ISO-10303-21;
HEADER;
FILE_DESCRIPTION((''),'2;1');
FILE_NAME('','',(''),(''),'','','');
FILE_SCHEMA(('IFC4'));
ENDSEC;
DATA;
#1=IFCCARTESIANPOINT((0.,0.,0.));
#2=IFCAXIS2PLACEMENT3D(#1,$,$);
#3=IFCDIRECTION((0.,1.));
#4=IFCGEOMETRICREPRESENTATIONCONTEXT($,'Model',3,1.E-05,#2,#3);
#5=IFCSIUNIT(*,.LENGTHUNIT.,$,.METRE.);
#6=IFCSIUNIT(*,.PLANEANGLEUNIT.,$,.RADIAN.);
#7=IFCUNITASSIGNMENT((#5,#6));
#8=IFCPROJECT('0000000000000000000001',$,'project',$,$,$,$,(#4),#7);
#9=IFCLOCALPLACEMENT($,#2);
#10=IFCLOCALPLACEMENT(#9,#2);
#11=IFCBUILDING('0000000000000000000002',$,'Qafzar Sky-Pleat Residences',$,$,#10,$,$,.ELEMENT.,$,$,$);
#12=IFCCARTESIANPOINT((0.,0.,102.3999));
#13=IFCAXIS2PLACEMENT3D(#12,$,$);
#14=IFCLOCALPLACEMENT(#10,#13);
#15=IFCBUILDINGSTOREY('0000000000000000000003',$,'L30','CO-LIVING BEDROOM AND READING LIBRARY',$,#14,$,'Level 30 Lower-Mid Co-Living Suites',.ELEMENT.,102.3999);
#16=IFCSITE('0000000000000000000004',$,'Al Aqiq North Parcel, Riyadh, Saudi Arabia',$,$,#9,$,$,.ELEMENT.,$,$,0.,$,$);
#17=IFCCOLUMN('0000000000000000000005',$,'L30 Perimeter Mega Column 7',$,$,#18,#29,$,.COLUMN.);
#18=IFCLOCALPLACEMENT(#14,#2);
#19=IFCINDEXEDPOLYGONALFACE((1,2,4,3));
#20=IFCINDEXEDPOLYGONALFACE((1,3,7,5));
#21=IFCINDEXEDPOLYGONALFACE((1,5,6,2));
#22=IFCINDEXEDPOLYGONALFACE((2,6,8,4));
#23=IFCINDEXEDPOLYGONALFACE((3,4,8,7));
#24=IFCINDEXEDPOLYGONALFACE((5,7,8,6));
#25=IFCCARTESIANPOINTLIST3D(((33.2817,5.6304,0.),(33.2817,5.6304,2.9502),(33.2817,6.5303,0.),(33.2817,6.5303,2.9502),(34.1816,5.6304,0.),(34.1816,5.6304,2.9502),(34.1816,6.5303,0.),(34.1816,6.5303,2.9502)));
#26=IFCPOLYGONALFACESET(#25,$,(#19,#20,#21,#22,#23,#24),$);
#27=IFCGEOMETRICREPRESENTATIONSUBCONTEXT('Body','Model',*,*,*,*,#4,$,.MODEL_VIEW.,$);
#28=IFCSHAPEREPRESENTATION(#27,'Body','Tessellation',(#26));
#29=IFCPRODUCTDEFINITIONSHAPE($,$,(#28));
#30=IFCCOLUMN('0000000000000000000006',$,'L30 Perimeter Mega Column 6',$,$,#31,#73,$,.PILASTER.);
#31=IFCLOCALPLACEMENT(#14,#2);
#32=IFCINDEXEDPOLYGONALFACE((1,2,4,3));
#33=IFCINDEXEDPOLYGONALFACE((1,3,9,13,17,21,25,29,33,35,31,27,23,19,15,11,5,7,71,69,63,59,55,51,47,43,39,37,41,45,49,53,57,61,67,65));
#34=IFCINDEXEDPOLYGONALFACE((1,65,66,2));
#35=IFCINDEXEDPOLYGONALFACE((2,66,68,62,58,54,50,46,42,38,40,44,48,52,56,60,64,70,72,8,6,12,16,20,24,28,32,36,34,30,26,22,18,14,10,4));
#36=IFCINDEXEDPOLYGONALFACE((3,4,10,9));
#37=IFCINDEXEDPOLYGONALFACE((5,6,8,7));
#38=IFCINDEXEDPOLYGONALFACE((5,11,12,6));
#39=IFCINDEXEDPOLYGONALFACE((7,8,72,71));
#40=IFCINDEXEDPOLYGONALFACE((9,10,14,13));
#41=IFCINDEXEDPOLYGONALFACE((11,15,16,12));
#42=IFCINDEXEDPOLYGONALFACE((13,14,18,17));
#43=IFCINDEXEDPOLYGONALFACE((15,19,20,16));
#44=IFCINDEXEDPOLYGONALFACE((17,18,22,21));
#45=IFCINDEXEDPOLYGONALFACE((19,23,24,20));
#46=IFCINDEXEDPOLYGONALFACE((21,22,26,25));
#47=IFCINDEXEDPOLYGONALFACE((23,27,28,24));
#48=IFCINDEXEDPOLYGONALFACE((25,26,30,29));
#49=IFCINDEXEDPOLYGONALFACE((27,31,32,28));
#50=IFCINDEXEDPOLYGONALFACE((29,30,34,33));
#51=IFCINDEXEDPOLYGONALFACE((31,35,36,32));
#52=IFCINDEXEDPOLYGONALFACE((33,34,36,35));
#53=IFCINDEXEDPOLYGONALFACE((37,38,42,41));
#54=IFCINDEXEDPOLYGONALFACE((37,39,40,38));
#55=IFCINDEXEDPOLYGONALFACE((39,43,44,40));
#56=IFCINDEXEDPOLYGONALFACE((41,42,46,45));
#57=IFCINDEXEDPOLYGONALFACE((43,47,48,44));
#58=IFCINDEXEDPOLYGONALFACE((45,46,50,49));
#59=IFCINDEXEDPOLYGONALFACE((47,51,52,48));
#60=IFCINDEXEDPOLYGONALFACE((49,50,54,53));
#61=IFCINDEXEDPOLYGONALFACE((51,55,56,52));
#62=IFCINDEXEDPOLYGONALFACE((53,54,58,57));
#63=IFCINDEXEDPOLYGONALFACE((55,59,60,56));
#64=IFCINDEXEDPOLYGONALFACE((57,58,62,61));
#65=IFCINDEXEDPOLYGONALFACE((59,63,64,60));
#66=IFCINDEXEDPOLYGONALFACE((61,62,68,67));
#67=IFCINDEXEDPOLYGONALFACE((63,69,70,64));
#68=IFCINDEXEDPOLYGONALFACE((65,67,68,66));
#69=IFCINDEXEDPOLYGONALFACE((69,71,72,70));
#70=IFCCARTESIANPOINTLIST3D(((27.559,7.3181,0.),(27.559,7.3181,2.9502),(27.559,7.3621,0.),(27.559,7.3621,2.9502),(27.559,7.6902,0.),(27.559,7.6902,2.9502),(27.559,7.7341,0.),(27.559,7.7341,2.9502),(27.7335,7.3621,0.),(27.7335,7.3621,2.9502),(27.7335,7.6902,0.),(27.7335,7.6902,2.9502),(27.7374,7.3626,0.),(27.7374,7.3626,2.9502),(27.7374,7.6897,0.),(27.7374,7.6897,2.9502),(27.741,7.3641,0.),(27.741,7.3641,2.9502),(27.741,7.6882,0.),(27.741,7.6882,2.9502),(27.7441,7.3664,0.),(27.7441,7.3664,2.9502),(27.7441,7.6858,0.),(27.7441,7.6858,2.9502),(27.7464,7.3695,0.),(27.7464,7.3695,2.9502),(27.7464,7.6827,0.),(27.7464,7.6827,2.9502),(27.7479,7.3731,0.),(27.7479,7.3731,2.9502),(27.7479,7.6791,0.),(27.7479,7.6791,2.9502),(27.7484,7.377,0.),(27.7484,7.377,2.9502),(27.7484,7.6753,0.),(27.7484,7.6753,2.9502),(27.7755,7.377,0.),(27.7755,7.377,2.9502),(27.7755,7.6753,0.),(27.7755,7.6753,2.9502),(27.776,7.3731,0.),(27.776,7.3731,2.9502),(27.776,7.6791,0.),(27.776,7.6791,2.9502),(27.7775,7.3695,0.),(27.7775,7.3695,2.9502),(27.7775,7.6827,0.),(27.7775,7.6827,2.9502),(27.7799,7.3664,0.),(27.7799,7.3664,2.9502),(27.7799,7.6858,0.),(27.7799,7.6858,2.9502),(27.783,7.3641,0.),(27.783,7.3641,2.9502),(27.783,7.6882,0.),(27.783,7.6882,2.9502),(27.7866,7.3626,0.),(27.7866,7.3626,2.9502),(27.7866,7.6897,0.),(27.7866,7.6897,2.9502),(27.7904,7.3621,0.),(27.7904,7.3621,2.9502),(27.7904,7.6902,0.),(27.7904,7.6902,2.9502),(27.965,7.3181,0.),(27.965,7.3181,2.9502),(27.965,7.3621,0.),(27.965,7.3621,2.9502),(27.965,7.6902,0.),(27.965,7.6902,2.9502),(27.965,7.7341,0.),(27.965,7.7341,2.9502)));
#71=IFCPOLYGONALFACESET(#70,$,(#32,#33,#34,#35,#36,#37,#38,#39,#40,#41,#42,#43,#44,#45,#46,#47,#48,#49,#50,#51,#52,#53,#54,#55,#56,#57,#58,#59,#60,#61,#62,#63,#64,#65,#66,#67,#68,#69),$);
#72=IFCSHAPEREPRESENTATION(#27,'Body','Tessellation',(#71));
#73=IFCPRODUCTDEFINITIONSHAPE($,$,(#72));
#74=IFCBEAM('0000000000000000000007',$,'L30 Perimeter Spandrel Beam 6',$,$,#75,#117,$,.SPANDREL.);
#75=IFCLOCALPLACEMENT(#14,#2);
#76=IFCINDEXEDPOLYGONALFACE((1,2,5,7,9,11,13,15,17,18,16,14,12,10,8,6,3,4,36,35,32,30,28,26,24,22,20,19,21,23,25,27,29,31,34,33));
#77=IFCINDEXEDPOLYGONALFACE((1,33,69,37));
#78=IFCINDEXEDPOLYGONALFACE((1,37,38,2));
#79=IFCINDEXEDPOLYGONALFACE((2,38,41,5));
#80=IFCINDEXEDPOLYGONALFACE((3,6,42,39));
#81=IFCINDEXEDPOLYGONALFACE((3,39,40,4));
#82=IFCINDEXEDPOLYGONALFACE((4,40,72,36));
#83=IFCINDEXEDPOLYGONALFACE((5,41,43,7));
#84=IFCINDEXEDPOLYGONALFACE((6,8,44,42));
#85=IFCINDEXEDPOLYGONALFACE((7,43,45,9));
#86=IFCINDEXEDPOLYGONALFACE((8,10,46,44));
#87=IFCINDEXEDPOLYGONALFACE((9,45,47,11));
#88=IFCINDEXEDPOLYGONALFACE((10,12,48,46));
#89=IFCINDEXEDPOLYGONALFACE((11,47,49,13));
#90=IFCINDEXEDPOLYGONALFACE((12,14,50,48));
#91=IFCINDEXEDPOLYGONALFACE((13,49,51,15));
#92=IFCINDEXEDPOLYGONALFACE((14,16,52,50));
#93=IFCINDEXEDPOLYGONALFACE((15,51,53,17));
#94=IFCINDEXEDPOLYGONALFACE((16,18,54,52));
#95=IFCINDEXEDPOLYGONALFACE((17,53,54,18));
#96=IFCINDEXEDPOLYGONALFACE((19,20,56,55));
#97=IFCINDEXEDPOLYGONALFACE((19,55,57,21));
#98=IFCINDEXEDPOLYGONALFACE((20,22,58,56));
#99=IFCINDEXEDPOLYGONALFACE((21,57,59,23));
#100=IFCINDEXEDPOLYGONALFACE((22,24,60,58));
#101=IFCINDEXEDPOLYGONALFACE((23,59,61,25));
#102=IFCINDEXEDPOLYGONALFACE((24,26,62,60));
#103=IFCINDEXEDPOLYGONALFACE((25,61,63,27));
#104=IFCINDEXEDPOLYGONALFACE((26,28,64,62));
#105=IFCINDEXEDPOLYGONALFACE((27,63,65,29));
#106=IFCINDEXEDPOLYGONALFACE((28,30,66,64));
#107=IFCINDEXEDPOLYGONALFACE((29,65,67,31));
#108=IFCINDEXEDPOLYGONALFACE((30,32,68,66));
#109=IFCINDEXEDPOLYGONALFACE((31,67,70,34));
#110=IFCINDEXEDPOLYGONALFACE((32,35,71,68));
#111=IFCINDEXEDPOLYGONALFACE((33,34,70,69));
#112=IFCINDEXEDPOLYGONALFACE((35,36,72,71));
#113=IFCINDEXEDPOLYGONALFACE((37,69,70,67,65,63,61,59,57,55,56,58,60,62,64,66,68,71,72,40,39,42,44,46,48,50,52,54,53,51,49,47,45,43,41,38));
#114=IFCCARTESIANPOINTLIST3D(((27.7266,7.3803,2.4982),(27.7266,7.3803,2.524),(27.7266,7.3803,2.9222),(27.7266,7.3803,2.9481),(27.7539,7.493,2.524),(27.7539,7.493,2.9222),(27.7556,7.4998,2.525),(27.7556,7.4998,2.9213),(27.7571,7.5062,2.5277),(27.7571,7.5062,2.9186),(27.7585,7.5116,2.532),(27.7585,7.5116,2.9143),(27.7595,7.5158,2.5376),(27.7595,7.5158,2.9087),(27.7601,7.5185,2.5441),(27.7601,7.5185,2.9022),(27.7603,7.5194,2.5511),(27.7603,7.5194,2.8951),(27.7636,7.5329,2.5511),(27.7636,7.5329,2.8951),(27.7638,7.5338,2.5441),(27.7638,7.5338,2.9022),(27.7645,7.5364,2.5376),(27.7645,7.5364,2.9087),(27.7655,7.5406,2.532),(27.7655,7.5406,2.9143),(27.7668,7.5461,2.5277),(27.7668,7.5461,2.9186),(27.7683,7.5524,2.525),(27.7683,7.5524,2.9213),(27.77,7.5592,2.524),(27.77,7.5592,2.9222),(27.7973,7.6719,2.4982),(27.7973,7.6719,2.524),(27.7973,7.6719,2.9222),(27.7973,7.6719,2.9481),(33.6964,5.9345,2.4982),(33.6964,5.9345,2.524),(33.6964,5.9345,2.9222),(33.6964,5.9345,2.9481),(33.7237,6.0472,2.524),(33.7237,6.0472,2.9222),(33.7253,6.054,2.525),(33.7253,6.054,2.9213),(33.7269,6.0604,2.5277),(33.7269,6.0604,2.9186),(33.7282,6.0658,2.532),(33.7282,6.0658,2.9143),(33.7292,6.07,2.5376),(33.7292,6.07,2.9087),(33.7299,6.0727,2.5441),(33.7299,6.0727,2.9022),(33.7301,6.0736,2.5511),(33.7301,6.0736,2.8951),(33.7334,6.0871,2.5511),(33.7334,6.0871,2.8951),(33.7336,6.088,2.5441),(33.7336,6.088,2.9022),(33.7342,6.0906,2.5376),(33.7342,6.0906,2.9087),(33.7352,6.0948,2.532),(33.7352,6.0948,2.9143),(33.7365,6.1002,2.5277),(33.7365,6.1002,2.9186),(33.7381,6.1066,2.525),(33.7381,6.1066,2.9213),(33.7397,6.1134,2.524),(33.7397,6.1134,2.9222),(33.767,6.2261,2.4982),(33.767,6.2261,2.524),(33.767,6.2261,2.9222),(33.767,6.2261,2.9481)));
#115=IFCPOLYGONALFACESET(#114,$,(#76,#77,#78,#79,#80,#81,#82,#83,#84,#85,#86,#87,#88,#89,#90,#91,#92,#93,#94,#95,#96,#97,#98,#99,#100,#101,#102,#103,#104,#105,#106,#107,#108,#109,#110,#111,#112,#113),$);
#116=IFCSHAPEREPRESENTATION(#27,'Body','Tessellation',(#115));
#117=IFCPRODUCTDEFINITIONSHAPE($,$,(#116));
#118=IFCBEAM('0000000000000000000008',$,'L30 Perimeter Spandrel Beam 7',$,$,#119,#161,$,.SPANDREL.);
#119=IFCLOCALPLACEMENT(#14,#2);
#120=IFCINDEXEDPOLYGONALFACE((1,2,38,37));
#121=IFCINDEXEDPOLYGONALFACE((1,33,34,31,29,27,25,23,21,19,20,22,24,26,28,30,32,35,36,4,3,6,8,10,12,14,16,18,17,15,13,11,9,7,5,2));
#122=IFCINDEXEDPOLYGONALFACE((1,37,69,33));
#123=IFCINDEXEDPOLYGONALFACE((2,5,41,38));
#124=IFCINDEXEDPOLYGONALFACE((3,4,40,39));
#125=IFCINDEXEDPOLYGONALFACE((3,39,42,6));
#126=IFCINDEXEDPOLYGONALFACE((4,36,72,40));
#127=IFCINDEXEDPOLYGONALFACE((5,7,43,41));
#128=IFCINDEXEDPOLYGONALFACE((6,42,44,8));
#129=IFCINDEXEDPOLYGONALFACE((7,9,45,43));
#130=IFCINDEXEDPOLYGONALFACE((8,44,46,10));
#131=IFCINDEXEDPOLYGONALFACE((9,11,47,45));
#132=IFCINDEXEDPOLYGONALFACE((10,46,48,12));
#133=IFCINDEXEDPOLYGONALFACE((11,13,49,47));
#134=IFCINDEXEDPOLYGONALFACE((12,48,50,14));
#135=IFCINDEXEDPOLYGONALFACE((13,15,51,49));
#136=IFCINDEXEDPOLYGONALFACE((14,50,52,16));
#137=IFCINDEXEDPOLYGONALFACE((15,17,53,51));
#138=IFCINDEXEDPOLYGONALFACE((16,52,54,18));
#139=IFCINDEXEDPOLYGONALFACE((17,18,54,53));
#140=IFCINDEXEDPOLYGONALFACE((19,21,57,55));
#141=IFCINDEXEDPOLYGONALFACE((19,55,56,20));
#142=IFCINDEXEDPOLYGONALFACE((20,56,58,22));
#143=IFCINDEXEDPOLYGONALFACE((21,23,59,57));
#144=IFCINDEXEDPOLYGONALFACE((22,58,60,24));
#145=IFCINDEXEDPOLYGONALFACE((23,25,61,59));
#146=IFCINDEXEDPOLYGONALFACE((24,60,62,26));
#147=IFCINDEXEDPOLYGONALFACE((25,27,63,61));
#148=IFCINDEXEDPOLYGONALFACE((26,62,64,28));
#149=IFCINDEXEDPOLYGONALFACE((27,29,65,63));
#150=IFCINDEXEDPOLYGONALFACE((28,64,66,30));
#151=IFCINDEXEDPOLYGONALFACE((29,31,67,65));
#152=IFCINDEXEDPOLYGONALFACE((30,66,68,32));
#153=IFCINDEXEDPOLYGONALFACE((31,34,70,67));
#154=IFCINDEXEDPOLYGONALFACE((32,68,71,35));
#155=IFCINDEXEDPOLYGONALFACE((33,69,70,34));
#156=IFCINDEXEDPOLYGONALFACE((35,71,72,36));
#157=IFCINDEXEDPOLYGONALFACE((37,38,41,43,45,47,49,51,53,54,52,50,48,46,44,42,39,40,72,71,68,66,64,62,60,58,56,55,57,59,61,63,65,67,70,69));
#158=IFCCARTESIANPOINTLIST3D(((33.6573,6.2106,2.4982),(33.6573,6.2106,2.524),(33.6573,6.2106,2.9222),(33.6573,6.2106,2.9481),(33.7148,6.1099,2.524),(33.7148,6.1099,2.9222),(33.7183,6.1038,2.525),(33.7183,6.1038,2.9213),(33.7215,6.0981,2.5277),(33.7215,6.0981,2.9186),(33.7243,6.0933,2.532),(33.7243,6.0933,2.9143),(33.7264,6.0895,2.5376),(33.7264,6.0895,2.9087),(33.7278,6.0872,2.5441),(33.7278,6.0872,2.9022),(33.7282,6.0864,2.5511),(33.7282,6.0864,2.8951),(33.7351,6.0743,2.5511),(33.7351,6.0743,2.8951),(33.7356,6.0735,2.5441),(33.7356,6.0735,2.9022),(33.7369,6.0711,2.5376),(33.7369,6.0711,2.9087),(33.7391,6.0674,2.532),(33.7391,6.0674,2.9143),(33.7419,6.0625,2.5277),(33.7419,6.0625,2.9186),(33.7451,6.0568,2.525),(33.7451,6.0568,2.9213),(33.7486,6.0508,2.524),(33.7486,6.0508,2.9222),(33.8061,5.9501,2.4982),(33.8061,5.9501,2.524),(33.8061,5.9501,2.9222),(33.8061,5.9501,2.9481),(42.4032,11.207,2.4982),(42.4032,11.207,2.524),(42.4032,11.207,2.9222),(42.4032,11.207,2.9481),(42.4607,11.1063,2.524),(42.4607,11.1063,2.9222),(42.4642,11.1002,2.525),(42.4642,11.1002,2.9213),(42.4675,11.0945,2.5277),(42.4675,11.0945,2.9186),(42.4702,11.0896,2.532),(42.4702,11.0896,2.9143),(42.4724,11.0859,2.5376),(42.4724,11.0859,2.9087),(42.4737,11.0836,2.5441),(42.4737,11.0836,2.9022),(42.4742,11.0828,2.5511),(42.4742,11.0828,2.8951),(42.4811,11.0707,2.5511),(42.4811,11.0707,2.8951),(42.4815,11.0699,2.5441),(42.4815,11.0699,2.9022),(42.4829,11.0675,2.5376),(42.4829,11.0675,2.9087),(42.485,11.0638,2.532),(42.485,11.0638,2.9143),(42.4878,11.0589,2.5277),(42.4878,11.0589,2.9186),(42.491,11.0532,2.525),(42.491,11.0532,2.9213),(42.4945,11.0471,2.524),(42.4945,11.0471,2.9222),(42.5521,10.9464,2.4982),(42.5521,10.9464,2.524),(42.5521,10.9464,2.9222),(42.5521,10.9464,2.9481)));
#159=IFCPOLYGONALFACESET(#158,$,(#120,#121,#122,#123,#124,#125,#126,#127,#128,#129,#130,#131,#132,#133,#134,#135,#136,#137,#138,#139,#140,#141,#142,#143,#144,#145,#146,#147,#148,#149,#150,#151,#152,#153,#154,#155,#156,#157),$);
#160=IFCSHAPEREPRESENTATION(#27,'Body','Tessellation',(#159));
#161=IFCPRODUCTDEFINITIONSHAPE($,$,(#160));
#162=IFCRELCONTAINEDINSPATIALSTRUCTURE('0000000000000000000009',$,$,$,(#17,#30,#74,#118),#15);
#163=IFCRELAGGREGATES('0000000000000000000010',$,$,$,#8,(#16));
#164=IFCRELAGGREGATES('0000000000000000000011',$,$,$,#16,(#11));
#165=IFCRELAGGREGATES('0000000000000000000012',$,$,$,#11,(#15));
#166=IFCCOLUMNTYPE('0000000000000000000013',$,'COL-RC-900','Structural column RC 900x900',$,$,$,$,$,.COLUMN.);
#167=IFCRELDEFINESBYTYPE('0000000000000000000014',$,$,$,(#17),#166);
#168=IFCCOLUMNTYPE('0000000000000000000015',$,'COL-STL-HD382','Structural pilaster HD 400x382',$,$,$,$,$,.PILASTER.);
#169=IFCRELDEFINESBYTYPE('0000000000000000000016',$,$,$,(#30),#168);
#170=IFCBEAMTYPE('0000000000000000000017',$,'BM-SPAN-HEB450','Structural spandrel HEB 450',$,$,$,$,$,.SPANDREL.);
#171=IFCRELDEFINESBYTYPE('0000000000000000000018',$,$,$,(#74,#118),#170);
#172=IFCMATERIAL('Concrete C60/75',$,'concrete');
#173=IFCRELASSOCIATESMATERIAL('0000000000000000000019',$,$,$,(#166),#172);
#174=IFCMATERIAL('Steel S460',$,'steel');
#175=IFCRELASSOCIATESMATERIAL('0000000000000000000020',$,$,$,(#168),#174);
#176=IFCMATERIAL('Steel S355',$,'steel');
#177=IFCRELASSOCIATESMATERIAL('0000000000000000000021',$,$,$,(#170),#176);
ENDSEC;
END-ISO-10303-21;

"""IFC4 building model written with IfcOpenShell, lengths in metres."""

from ifc_helpers import new_model, si_unit, direction, frame, origin, origin_2d, place, context, subcontext, project, spatial, rectangle, i_section, extrude, source, transform, mapped, material, material_profile, profile_set, type_object, element, save


model = new_model("IFC4")

# Units and contexts
model_context = context("Model", 3, precision=1e-05, world=origin(), true_north=direction((0.0, 1.0)))
body_context = subcontext(model_context, "Body", "Model", "MODEL_VIEW")
ifc_project = project(units=[si_unit("LENGTHUNIT", "METRE"), si_unit("PLANEANGLEUNIT", "RADIAN")], contexts=[model_context])

# Site, building, storey
site_placement = place(None, origin())
site = spatial("IfcSite", under=ifc_project, at=site_placement, Name="Al Aqiq North Parcel, Riyadh, Saudi Arabia", CompositionType="ELEMENT", RefElevation=0.0)
building_placement = place(site_placement, origin())
building = spatial("IfcBuilding", under=site, at=building_placement, Name="Qafzar Sky-Pleat Residences", CompositionType="ELEMENT")
storey_placement = place(building_placement, frame((0.0, 0.0, 102.3999)))
storey = spatial("IfcBuildingStorey", under=building, at=storey_placement, Name="L30", Description="CO-LIVING BEDROOM AND READING LIBRARY", LongName="Level 30 Lower-Mid Co-Living Suites", CompositionType="ELEMENT", Elevation=102.3999)

# Columns
ifc_material_1 = material(Name="Concrete C60/75", Category="concrete")
ifc_material_profile_1 = material_profile(ifc_material_1, rectangle(XDim=0.8999, YDim=0.8999, at=origin_2d()), Name="RC 900x900")
ifc_profile_set_1 = profile_set([ifc_material_profile_1], Name="Concrete C60/75")
column_type_1 = type_object("IfcColumnType", Name="COL-RC-900", Description="Structural column RC 900x900", PredefinedType="COLUMN", material=ifc_profile_set_1)
shared_shape_1 = source(origin(), body_context, "Body", "SweptSolid", [
    extrude(rectangle(XDim=0.8999, YDim=0.8999, at=origin_2d()), origin(), (0.0, 0.0, 1.0), 2.9502),
])
column_1_placement = place(storey_placement, frame((33.7317, 6.0803, 0.0), z_axis=(0.0, 0.0, 1.0), x_axis=(1.0, 0.0, 0.0)))
element("IfcColumn", 1, at=column_1_placement, inside=storey, type_object=column_type_1, Name="L30 Perimeter Mega Column 7", PredefinedType="COLUMN", context=body_context, shape_type="MappedRepresentation", body=[
    mapped(shared_shape_1, transform((0.0, 0.0, 0.0), x_axis=(1.0, 0.0, 0.0), y_axis=(0.0, 1.0, 0.0), z_axis=(0.0, 0.0, 1.0), scale=1.0)),
])
ifc_material_2 = material(Name="Steel S460", Category="steel")
ifc_material_profile_2 = material_profile(ifc_material_2, i_section(OverallWidth=0.406, OverallDepth=0.416, WebThickness=0.0271, FlangeThickness=0.0439, FilletRadius=0.0149, at=origin_2d()), Name="HD 400x382")
ifc_profile_set_2 = profile_set([ifc_material_profile_2], Name="Steel S460")
column_type_2 = type_object("IfcColumnType", Name="COL-STL-HD382", Description="Structural pilaster HD 400x382", PredefinedType="PILASTER", material=ifc_profile_set_2)
shared_shape_2 = source(origin(), body_context, "Body", "SweptSolid", [
    extrude(i_section(OverallWidth=0.406, OverallDepth=0.416, WebThickness=0.0271, FlangeThickness=0.0439, FilletRadius=0.0149, at=origin_2d()), origin(), (0.0, 0.0, 1.0), 2.9502),
])
column_2_placement = place(storey_placement, frame((27.762, 7.5261, 0.0), z_axis=(0.0, 0.0, 1.0), x_axis=(1.0, 0.0, 0.0)))
element("IfcColumn", 2, at=column_2_placement, inside=storey, type_object=column_type_2, Name="L30 Perimeter Mega Column 6", PredefinedType="PILASTER", context=body_context, shape_type="MappedRepresentation", body=[
    mapped(shared_shape_2, transform((0.0, 0.0, 0.0), x_axis=(1.0, 0.0, 0.0), y_axis=(0.0, 1.0, 0.0), z_axis=(0.0, 0.0, 1.0), scale=1.0)),
])

# Beams
ifc_material_3 = material(Name="Steel S355", Category="steel")
ifc_material_profile_3 = material_profile(ifc_material_3, i_section(OverallWidth=0.3, OverallDepth=0.45, WebThickness=0.0139, FlangeThickness=0.0259, FilletRadius=0.0271, at=origin_2d()), Name="HEB 450")
ifc_profile_set_3 = profile_set([ifc_material_profile_3], Name="Steel S355")
beam_type_1 = type_object("IfcBeamType", Name="BM-SPAN-HEB450", Description="Structural spandrel HEB 450", PredefinedType="SPANDREL", material=ifc_profile_set_3)
shared_shape_3 = source(origin(), body_context, "Body", "SweptSolid", [
    extrude(i_section(OverallWidth=0.3, OverallDepth=0.45, WebThickness=0.0139, FlangeThickness=0.0259, FilletRadius=0.0271, at=origin_2d()), origin(), (0.0, 0.0, 1.0), 6.1423),
])
beam_1_placement = place(storey_placement, frame((27.762, 7.5261, 2.7231), z_axis=(0.971902, -0.235384, 0.0), x_axis=(0.235384, 0.971902, 0.0)))
element("IfcBeam", 3, at=beam_1_placement, inside=storey, type_object=beam_type_1, Name="L30 Perimeter Spandrel Beam 6", PredefinedType="SPANDREL", context=body_context, shape_type="MappedRepresentation", body=[
    mapped(shared_shape_3, transform((0.0, 0.0, 0.0), x_axis=(1.0, 0.0, 0.0), y_axis=(0.0, 1.0, 0.0), z_axis=(0.0, 0.0, 1.0), scale=1.0)),
])
shared_shape_4 = source(origin(), body_context, "Body", "SweptSolid", [
    extrude(i_section(OverallWidth=0.3, OverallDepth=0.45, WebThickness=0.0139, FlangeThickness=0.0259, FilletRadius=0.0271, at=origin_2d()), origin(), (0.0, 0.0, 1.0), 10.0725),
])
beam_2_placement = place(storey_placement, frame((33.7317, 6.0803, 2.7231), z_axis=(0.868298, 0.496042, 0.0), x_axis=(-0.496042, 0.868298, 0.0)))
element("IfcBeam", 4, at=beam_2_placement, inside=storey, type_object=beam_type_1, Name="L30 Perimeter Spandrel Beam 7", PredefinedType="SPANDREL", context=body_context, shape_type="MappedRepresentation", body=[
    mapped(shared_shape_4, transform((0.0, 0.0, 0.0), x_axis=(1.0, 0.0, 0.0), y_axis=(0.0, 1.0, 0.0), z_axis=(0.0, 0.0, 1.0), scale=1.0)),
])

save(model, "model.ifc")
